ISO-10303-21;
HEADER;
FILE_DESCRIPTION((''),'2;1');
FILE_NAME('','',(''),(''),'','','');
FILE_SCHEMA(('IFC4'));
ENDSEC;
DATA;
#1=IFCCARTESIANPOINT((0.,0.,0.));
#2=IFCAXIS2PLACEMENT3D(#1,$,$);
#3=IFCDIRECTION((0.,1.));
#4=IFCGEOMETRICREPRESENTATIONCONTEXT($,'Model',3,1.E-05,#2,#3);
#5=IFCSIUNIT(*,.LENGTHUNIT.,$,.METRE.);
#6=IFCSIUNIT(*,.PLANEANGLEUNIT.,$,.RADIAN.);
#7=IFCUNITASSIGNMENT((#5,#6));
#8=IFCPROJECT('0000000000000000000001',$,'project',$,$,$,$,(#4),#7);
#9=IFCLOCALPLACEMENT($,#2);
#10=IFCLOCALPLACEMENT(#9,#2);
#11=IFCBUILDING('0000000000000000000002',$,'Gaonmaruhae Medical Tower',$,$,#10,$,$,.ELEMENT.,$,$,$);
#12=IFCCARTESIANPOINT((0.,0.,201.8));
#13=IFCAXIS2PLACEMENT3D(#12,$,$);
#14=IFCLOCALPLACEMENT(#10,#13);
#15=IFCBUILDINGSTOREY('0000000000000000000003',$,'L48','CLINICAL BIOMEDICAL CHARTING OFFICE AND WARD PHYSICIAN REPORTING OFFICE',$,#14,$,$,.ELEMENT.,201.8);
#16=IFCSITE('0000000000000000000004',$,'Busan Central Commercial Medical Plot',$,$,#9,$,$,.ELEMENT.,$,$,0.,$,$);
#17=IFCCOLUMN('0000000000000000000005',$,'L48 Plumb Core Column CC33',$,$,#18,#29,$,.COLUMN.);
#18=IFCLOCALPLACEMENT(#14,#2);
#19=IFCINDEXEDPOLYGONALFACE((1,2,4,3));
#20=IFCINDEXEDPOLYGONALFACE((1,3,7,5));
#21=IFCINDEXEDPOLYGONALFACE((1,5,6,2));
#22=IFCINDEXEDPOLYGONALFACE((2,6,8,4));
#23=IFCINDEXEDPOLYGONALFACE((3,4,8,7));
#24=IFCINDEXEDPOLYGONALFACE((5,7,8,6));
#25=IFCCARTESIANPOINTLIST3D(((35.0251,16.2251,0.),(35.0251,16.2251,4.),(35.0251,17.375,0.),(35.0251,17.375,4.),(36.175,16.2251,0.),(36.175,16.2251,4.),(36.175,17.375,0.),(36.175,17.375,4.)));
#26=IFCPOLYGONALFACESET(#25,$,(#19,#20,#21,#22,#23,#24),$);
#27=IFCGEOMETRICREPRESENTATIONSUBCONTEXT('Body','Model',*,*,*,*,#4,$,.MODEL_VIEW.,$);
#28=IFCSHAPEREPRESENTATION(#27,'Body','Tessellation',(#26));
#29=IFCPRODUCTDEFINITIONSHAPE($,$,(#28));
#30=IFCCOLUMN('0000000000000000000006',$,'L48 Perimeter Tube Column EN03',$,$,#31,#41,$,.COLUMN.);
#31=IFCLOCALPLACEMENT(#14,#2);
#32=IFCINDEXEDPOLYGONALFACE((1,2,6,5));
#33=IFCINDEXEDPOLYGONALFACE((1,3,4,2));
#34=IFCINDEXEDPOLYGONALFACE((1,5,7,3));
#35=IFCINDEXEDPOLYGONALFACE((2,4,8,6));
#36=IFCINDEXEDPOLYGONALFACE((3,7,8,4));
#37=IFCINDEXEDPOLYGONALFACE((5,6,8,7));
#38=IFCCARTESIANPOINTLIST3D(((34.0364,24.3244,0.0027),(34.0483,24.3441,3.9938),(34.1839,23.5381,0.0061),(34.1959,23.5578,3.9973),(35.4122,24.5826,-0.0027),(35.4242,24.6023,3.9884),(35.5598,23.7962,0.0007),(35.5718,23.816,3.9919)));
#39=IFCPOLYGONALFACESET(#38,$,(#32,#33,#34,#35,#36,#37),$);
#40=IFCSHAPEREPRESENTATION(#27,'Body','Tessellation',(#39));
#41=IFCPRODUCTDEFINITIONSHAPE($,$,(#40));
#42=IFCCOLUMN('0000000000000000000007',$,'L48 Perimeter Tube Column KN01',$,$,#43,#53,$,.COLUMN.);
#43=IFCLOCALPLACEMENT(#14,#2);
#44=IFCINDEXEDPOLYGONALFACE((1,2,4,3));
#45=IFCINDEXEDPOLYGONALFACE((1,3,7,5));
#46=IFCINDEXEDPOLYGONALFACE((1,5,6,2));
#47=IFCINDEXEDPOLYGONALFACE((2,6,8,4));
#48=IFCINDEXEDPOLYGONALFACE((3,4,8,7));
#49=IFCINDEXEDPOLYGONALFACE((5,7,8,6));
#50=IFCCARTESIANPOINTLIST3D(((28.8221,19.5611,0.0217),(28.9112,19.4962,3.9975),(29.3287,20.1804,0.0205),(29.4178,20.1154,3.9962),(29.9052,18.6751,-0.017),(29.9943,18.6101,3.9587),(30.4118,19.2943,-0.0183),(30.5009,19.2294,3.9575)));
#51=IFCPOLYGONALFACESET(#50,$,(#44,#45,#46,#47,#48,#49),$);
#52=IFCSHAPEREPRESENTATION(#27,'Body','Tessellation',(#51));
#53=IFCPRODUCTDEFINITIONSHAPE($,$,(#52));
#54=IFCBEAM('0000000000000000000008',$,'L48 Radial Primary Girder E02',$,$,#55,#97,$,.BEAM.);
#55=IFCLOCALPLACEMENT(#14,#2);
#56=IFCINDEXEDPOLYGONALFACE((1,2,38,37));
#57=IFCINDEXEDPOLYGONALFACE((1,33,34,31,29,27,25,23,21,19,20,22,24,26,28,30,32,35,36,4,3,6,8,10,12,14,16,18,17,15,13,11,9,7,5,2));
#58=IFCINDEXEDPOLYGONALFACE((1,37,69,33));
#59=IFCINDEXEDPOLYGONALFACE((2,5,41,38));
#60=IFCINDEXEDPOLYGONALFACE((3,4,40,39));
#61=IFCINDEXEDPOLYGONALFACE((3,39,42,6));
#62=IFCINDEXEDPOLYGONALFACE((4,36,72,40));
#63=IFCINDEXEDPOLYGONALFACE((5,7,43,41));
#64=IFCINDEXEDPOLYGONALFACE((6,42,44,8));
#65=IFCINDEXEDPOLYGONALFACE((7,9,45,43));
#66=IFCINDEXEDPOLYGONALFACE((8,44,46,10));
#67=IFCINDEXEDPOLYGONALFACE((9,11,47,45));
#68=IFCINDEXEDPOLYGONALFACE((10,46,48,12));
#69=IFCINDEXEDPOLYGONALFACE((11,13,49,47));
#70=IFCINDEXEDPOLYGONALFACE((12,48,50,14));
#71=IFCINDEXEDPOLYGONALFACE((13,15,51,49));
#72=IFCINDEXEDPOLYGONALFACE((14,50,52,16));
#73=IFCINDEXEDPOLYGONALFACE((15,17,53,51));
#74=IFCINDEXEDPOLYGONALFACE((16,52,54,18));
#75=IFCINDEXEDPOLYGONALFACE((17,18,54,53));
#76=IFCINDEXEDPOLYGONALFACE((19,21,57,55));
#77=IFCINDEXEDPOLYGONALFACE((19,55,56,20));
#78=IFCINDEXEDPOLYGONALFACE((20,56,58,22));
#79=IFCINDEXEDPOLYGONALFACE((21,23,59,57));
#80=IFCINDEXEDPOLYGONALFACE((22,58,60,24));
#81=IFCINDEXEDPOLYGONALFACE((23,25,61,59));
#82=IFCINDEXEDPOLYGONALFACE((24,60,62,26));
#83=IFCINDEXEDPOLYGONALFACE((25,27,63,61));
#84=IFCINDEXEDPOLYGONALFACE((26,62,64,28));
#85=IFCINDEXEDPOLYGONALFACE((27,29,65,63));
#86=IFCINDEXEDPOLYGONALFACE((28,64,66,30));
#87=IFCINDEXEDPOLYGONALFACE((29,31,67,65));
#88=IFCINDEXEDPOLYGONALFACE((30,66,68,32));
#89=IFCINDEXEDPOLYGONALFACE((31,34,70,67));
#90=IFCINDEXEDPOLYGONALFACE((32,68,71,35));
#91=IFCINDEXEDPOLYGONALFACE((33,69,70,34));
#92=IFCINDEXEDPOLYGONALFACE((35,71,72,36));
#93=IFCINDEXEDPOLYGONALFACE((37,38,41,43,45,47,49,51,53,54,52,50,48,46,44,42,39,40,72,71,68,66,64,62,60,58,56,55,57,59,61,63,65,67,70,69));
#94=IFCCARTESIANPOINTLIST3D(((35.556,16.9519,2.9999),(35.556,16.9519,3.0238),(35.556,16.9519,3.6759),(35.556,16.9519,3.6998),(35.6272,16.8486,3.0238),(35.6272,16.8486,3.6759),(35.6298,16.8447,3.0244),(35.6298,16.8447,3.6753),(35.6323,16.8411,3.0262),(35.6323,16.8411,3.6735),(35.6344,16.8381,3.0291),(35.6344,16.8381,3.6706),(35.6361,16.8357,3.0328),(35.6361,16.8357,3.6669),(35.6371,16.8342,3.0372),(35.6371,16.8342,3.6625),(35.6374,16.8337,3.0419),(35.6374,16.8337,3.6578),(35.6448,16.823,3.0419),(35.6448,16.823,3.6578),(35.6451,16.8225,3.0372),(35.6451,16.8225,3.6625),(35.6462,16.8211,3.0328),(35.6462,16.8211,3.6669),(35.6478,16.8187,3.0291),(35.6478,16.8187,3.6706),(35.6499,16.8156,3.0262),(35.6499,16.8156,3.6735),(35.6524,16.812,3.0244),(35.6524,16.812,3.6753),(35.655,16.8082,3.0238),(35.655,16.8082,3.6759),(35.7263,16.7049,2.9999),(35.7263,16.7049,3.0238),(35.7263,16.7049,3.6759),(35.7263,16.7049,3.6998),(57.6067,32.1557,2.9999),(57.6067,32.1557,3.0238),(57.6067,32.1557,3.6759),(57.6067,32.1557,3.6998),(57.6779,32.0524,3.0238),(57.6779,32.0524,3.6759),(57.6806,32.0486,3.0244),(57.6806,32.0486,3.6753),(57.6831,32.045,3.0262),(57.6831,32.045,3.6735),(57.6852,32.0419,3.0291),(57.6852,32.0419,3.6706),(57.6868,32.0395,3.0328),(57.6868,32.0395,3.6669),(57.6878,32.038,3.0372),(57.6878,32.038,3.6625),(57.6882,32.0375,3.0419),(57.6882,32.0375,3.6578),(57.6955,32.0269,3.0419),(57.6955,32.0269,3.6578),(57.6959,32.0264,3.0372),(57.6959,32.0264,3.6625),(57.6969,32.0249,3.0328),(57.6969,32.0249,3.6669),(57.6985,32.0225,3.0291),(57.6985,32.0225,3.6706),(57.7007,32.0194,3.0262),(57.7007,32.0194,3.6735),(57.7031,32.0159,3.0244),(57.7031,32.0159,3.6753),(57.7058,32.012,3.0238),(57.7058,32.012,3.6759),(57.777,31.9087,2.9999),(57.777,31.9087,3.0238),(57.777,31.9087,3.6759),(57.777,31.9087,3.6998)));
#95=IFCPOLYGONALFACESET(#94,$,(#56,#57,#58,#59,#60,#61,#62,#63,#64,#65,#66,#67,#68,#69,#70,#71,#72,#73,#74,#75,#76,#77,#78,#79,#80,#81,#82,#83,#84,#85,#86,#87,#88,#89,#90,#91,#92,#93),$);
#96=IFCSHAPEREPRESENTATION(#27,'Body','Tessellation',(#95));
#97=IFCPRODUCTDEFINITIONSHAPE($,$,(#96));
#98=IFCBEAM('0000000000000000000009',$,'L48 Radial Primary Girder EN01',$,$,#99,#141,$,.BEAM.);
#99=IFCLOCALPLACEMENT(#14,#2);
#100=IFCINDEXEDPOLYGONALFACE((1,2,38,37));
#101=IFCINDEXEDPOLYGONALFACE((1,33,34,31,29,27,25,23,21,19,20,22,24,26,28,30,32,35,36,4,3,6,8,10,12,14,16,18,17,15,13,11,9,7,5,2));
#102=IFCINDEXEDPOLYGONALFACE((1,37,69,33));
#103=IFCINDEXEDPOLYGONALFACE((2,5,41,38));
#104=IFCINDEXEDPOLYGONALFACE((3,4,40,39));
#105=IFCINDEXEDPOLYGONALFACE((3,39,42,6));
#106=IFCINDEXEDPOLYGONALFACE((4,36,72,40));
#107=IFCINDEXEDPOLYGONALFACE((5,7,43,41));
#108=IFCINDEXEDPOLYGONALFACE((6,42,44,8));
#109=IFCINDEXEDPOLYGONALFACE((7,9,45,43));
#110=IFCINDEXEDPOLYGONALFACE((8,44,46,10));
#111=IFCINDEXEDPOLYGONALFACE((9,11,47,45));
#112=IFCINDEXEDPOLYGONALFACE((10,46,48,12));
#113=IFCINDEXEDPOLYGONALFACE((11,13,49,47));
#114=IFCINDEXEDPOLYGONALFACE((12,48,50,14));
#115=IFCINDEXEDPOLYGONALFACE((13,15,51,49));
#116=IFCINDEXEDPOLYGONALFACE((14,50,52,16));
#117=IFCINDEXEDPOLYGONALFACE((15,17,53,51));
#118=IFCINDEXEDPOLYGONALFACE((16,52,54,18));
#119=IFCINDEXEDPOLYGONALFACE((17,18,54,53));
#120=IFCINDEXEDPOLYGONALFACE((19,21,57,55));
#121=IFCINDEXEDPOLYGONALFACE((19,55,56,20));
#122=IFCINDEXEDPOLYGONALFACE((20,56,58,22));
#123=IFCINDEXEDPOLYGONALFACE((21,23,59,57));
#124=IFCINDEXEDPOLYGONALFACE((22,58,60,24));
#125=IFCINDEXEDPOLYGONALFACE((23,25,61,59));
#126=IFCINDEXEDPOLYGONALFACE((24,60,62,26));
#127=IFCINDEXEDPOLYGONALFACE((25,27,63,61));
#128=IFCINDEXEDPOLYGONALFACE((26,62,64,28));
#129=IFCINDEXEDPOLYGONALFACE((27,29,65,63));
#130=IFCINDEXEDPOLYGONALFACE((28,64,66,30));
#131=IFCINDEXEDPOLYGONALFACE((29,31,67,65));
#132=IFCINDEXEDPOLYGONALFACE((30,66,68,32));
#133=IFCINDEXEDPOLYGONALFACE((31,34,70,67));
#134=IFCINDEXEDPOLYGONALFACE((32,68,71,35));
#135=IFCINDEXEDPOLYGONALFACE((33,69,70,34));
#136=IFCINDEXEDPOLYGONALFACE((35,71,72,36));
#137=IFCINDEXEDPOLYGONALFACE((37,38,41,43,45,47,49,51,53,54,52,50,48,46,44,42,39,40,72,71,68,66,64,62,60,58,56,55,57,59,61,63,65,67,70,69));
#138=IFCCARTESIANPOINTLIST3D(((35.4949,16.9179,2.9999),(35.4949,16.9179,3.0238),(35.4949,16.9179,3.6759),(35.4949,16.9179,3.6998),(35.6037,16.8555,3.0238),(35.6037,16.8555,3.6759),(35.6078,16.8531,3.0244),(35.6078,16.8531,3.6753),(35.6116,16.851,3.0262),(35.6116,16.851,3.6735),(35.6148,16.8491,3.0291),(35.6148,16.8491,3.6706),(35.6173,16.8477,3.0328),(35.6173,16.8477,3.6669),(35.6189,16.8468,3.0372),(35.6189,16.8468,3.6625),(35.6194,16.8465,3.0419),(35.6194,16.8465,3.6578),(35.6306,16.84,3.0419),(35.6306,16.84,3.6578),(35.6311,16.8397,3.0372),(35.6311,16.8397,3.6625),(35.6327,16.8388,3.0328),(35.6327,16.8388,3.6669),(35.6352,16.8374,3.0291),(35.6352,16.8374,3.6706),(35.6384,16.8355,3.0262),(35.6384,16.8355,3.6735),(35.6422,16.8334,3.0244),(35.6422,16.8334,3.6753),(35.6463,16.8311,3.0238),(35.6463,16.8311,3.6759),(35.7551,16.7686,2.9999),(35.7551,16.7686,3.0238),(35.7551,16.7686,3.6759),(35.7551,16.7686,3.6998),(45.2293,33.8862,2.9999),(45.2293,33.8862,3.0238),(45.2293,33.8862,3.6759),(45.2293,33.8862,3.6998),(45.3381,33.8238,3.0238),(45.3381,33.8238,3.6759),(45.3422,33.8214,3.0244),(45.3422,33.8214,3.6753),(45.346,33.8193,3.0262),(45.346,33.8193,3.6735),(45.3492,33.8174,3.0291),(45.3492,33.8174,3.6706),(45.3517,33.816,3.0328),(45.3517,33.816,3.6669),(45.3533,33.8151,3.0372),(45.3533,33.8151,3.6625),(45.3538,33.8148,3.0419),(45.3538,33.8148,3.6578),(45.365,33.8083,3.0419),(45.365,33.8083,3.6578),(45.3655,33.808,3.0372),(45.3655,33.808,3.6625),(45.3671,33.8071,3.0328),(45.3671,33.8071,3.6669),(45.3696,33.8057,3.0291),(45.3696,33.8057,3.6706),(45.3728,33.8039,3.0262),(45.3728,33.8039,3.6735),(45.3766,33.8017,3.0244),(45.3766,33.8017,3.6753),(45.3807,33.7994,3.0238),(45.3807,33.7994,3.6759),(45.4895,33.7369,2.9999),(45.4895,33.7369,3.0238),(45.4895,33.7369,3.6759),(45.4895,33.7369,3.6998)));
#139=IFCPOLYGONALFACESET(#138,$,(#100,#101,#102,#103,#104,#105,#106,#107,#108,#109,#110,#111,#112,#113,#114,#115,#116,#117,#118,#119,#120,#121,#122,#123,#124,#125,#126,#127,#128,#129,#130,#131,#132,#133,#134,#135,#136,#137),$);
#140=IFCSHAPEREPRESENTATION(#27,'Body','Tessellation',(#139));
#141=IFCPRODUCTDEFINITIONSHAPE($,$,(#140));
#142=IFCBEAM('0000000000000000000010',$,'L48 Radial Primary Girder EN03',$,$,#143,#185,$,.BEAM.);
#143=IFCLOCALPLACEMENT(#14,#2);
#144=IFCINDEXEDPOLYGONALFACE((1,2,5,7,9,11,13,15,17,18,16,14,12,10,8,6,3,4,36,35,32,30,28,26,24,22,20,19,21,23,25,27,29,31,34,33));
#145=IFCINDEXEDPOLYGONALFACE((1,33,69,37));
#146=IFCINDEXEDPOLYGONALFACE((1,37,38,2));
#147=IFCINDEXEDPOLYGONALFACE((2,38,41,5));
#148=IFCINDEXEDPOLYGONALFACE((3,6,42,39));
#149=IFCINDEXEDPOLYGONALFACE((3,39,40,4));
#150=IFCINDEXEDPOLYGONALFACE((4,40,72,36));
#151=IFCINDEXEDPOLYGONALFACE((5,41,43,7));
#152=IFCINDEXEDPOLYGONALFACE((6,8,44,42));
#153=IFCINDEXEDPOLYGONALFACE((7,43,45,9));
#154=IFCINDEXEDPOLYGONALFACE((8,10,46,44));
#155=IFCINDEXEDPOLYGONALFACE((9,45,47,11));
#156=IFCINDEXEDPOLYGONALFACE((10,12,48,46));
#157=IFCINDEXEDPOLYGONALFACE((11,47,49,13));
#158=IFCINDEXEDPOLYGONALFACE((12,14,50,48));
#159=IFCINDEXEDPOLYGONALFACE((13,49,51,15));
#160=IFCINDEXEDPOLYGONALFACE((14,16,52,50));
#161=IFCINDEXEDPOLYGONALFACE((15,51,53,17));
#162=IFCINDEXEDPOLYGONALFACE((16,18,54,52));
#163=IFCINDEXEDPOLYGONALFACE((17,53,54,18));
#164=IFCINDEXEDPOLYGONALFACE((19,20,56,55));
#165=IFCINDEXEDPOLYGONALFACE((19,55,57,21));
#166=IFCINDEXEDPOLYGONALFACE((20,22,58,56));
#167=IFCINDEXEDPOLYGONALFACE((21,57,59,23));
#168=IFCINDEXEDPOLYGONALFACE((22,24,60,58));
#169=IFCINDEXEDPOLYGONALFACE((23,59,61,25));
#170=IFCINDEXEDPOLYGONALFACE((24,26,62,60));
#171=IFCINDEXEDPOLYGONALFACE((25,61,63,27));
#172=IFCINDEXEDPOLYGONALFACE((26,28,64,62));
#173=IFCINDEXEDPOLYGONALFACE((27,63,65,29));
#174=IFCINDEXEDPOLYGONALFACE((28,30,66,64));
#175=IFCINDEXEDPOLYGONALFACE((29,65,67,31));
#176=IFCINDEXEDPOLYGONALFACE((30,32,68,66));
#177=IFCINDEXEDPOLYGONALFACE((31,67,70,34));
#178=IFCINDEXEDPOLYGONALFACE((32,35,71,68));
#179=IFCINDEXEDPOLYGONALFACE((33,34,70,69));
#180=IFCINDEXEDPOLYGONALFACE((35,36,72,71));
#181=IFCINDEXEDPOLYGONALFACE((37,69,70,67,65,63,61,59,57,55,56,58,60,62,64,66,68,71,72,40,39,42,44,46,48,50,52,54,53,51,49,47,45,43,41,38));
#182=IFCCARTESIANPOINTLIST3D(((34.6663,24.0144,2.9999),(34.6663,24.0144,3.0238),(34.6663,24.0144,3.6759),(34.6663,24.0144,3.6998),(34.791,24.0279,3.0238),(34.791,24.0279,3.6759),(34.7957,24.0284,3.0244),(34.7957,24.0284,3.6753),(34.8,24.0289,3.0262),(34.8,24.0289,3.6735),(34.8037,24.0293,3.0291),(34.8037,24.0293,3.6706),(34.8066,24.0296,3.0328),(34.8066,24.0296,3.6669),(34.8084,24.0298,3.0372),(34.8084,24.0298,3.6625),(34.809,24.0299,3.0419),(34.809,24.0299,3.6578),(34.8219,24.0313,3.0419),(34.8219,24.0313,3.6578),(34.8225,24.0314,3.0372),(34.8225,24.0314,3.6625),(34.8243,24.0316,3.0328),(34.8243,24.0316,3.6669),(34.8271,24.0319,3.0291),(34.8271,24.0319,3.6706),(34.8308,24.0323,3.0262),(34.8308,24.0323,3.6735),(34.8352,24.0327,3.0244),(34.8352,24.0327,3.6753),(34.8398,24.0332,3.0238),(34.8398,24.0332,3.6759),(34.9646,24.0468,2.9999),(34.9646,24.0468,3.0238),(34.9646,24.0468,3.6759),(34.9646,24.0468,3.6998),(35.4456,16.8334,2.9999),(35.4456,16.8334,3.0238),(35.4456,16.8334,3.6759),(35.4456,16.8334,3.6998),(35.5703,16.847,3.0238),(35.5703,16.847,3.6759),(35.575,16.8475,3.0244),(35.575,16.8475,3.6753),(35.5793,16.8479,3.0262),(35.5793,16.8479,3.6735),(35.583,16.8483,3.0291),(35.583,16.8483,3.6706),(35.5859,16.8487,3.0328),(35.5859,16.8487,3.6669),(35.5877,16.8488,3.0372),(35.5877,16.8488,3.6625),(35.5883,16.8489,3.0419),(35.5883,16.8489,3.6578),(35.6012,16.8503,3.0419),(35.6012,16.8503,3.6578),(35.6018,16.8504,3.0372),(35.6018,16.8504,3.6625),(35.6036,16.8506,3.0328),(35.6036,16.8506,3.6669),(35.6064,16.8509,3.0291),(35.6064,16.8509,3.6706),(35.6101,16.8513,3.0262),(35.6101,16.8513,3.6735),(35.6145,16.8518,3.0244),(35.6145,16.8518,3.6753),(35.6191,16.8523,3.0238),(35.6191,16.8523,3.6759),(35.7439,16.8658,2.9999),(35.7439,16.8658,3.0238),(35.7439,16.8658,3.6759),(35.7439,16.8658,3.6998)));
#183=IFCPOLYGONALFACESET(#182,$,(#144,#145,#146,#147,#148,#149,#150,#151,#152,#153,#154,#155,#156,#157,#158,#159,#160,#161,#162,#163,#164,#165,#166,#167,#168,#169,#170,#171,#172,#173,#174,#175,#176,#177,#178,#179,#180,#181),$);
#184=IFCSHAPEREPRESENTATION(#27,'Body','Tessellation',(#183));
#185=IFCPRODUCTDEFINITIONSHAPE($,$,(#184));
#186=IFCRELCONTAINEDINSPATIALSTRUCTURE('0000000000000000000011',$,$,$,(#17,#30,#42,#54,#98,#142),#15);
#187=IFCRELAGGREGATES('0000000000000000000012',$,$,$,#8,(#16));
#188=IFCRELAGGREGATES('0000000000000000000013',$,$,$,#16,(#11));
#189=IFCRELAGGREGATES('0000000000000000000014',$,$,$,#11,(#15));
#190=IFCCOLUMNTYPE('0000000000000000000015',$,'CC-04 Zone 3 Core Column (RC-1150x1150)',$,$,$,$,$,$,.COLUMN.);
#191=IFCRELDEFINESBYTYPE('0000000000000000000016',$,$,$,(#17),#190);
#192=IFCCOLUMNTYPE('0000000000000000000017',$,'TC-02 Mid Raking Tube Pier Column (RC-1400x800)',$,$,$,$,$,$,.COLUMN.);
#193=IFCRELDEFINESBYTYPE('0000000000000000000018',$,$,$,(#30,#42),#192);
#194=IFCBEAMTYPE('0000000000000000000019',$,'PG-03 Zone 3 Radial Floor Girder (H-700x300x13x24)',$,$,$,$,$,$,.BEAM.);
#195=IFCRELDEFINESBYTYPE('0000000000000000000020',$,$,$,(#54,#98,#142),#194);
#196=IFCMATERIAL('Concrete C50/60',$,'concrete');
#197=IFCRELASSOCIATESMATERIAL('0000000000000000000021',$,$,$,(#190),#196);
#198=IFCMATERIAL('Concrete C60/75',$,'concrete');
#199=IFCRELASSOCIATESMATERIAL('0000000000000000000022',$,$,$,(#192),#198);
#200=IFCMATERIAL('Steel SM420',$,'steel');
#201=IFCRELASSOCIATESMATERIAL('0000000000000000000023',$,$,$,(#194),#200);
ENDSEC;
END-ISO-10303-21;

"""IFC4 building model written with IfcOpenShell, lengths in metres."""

from ifc_helpers import new_model, si_unit, direction, frame, origin, origin_2d, place, context, subcontext, project, spatial, rectangle, i_section, extrude, material, material_profile, profile_set, type_object, element, save


model = new_model("IFC4")

# Units and contexts
model_context = context("Model", 3, precision=1e-05, world=origin(), true_north=direction((0.0, 1.0)))
body_context = subcontext(model_context, "Body", "Model", "MODEL_VIEW")
ifc_project = project(units=[si_unit("LENGTHUNIT", "METRE"), si_unit("PLANEANGLEUNIT", "RADIAN")], contexts=[model_context])

# Site, building, storey
site_placement = place(None, origin())
site = spatial("IfcSite", under=ifc_project, at=site_placement, Name="Busan Central Commercial Medical Plot", CompositionType="ELEMENT", RefElevation=0.0)
building_placement = place(site_placement, origin())
building = spatial("IfcBuilding", under=site, at=building_placement, Name="Gaonmaruhae Medical Tower", CompositionType="ELEMENT")
storey_placement = place(building_placement, frame((0.0, 0.0, 201.8)))
storey = spatial("IfcBuildingStorey", under=building, at=storey_placement, Name="L48", Description="CLINICAL BIOMEDICAL CHARTING OFFICE AND WARD PHYSICIAN REPORTING OFFICE", CompositionType="ELEMENT", Elevation=201.8)

# Columns
ifc_material_1 = material(Name="Concrete C50/60", Category="concrete")
ifc_material_profile_1 = material_profile(ifc_material_1, rectangle(XDim=1.1499, YDim=1.1499, at=origin_2d()), Name="RC-1150x1150")
ifc_profile_set_1 = profile_set([ifc_material_profile_1], Name="Concrete C50/60")
column_type_1 = type_object("IfcColumnType", Name="CC-04 Zone 3 Core Column (RC-1150x1150)", PredefinedType="COLUMN", material=ifc_profile_set_1)
column_1_placement = place(storey_placement, frame((35.6001, 16.8, 0.0), z_axis=(0.0, 0.0, 1.0), x_axis=(1.0, 0.0, 0.0)))
element("IfcColumn", 1, at=column_1_placement, inside=storey, type_object=column_type_1, Name="L48 Plumb Core Column CC33", PredefinedType="COLUMN", context=body_context, shape_type="SweptSolid", body=[
    extrude(rectangle(XDim=1.1499, YDim=1.1499, at=origin_2d()), origin(), (0.0, 0.0, 1.0), 4.0),
])
ifc_material_2 = material(Name="Concrete C60/75", Category="concrete")
ifc_material_profile_2 = material_profile(ifc_material_2, rectangle(XDim=1.3999, YDim=0.8, at=origin_2d()), Name="RC-1400x800")
ifc_profile_set_2 = profile_set([ifc_material_profile_2], Name="Concrete C60/75")
column_type_2 = type_object("IfcColumnType", Name="TC-02 Mid Raking Tube Pier Column (RC-1400x800)", PredefinedType="COLUMN", material=ifc_profile_set_2)
column_2_placement = place(storey_placement, frame((34.7981, 24.0603, 0.0017), z_axis=(0.002997, 0.004955, 0.999983), x_axis=(-0.982837, -0.184433, 0.00386)))
element("IfcColumn", 2, at=column_2_placement, inside=storey, type_object=column_type_2, Name="L48 Perimeter Tube Column EN03", PredefinedType="COLUMN", context=body_context, shape_type="SweptSolid", body=[
    extrude(rectangle(XDim=1.3999, YDim=0.8, at=origin_2d()), origin(), (0.0, 0.0, 1.0), 3.9912),
])
column_3_placement = place(storey_placement, frame((29.6169, 19.4277, 0.0017), z_axis=(0.022405, -0.016328, 0.999616), x_axis=(-0.773714, 0.63293, 0.02768)))
element("IfcColumn", 3, at=column_3_placement, inside=storey, type_object=column_type_2, Name="L48 Perimeter Tube Column KN01", PredefinedType="COLUMN", context=body_context, shape_type="SweptSolid", body=[
    extrude(rectangle(XDim=1.3999, YDim=0.8, at=origin_2d()), origin(), (0.0, 0.0, 1.0), 3.9773),
])

# Beams
ifc_material_3 = material(Name="Steel SM420", Category="steel")
ifc_material_profile_3 = material_profile(ifc_material_3, i_section(OverallWidth=0.3, OverallDepth=0.7, WebThickness=0.0129, FlangeThickness=0.0239, FilletRadius=0.0181, at=origin_2d()), Name="H-700x300x13x24")
ifc_profile_set_3 = profile_set([ifc_material_profile_3], Name="Steel SM420")
beam_type_1 = type_object("IfcBeamType", Name="PG-03 Zone 3 Radial Floor Girder (H-700x300x13x24)", PredefinedType="BEAM", material=ifc_profile_set_3)
beam_1_placement = place(storey_placement, frame((35.6411, 16.8284, 3.3499), z_axis=(0.823275, 0.567642, 0.0), x_axis=(-0.567642, 0.823275, 0.0)))
element("IfcBeam", 4, at=beam_1_placement, inside=storey, type_object=beam_type_1, Name="L48 Radial Primary Girder E02", PredefinedType="BEAM", context=body_context, shape_type="SweptSolid", body=[
    extrude(i_section(OverallWidth=0.3, OverallDepth=0.7, WebThickness=0.0129, FlangeThickness=0.0239, FilletRadius=0.0181, at=origin_2d()), origin(), (0.0, 0.0, 1.0), 26.7842),
])
beam_2_placement = place(storey_placement, frame((35.625, 16.8433, 3.3499), z_axis=(0.497611, 0.8674, 0.0), x_axis=(-0.8674, 0.497611, 0.0)))
element("IfcBeam", 5, at=beam_2_placement, inside=storey, type_object=beam_type_1, Name="L48 Radial Primary Girder EN01", PredefinedType="BEAM", context=body_context, shape_type="SweptSolid", body=[
    extrude(i_section(OverallWidth=0.3, OverallDepth=0.7, WebThickness=0.0129, FlangeThickness=0.0239, FilletRadius=0.0181, at=origin_2d()), origin(), (0.0, 0.0, 1.0), 19.5623),
])
beam_3_placement = place(storey_placement, frame((35.5947, 16.8496, 3.3499), z_axis=(-0.10789, 0.994163, 0.0), x_axis=(-0.994163, -0.10789, 0.0)))
element("IfcBeam", 6, at=beam_3_placement, inside=storey, type_object=beam_type_1, Name="L48 Radial Primary Girder EN03", PredefinedType="BEAM", context=body_context, shape_type="SweptSolid", body=[
    extrude(i_section(OverallWidth=0.3, OverallDepth=0.7, WebThickness=0.0129, FlangeThickness=0.0239, FilletRadius=0.0181, at=origin_2d()), origin(), (0.0, 0.0, 1.0), 7.2231),
])

save(model, "model.ifc")
